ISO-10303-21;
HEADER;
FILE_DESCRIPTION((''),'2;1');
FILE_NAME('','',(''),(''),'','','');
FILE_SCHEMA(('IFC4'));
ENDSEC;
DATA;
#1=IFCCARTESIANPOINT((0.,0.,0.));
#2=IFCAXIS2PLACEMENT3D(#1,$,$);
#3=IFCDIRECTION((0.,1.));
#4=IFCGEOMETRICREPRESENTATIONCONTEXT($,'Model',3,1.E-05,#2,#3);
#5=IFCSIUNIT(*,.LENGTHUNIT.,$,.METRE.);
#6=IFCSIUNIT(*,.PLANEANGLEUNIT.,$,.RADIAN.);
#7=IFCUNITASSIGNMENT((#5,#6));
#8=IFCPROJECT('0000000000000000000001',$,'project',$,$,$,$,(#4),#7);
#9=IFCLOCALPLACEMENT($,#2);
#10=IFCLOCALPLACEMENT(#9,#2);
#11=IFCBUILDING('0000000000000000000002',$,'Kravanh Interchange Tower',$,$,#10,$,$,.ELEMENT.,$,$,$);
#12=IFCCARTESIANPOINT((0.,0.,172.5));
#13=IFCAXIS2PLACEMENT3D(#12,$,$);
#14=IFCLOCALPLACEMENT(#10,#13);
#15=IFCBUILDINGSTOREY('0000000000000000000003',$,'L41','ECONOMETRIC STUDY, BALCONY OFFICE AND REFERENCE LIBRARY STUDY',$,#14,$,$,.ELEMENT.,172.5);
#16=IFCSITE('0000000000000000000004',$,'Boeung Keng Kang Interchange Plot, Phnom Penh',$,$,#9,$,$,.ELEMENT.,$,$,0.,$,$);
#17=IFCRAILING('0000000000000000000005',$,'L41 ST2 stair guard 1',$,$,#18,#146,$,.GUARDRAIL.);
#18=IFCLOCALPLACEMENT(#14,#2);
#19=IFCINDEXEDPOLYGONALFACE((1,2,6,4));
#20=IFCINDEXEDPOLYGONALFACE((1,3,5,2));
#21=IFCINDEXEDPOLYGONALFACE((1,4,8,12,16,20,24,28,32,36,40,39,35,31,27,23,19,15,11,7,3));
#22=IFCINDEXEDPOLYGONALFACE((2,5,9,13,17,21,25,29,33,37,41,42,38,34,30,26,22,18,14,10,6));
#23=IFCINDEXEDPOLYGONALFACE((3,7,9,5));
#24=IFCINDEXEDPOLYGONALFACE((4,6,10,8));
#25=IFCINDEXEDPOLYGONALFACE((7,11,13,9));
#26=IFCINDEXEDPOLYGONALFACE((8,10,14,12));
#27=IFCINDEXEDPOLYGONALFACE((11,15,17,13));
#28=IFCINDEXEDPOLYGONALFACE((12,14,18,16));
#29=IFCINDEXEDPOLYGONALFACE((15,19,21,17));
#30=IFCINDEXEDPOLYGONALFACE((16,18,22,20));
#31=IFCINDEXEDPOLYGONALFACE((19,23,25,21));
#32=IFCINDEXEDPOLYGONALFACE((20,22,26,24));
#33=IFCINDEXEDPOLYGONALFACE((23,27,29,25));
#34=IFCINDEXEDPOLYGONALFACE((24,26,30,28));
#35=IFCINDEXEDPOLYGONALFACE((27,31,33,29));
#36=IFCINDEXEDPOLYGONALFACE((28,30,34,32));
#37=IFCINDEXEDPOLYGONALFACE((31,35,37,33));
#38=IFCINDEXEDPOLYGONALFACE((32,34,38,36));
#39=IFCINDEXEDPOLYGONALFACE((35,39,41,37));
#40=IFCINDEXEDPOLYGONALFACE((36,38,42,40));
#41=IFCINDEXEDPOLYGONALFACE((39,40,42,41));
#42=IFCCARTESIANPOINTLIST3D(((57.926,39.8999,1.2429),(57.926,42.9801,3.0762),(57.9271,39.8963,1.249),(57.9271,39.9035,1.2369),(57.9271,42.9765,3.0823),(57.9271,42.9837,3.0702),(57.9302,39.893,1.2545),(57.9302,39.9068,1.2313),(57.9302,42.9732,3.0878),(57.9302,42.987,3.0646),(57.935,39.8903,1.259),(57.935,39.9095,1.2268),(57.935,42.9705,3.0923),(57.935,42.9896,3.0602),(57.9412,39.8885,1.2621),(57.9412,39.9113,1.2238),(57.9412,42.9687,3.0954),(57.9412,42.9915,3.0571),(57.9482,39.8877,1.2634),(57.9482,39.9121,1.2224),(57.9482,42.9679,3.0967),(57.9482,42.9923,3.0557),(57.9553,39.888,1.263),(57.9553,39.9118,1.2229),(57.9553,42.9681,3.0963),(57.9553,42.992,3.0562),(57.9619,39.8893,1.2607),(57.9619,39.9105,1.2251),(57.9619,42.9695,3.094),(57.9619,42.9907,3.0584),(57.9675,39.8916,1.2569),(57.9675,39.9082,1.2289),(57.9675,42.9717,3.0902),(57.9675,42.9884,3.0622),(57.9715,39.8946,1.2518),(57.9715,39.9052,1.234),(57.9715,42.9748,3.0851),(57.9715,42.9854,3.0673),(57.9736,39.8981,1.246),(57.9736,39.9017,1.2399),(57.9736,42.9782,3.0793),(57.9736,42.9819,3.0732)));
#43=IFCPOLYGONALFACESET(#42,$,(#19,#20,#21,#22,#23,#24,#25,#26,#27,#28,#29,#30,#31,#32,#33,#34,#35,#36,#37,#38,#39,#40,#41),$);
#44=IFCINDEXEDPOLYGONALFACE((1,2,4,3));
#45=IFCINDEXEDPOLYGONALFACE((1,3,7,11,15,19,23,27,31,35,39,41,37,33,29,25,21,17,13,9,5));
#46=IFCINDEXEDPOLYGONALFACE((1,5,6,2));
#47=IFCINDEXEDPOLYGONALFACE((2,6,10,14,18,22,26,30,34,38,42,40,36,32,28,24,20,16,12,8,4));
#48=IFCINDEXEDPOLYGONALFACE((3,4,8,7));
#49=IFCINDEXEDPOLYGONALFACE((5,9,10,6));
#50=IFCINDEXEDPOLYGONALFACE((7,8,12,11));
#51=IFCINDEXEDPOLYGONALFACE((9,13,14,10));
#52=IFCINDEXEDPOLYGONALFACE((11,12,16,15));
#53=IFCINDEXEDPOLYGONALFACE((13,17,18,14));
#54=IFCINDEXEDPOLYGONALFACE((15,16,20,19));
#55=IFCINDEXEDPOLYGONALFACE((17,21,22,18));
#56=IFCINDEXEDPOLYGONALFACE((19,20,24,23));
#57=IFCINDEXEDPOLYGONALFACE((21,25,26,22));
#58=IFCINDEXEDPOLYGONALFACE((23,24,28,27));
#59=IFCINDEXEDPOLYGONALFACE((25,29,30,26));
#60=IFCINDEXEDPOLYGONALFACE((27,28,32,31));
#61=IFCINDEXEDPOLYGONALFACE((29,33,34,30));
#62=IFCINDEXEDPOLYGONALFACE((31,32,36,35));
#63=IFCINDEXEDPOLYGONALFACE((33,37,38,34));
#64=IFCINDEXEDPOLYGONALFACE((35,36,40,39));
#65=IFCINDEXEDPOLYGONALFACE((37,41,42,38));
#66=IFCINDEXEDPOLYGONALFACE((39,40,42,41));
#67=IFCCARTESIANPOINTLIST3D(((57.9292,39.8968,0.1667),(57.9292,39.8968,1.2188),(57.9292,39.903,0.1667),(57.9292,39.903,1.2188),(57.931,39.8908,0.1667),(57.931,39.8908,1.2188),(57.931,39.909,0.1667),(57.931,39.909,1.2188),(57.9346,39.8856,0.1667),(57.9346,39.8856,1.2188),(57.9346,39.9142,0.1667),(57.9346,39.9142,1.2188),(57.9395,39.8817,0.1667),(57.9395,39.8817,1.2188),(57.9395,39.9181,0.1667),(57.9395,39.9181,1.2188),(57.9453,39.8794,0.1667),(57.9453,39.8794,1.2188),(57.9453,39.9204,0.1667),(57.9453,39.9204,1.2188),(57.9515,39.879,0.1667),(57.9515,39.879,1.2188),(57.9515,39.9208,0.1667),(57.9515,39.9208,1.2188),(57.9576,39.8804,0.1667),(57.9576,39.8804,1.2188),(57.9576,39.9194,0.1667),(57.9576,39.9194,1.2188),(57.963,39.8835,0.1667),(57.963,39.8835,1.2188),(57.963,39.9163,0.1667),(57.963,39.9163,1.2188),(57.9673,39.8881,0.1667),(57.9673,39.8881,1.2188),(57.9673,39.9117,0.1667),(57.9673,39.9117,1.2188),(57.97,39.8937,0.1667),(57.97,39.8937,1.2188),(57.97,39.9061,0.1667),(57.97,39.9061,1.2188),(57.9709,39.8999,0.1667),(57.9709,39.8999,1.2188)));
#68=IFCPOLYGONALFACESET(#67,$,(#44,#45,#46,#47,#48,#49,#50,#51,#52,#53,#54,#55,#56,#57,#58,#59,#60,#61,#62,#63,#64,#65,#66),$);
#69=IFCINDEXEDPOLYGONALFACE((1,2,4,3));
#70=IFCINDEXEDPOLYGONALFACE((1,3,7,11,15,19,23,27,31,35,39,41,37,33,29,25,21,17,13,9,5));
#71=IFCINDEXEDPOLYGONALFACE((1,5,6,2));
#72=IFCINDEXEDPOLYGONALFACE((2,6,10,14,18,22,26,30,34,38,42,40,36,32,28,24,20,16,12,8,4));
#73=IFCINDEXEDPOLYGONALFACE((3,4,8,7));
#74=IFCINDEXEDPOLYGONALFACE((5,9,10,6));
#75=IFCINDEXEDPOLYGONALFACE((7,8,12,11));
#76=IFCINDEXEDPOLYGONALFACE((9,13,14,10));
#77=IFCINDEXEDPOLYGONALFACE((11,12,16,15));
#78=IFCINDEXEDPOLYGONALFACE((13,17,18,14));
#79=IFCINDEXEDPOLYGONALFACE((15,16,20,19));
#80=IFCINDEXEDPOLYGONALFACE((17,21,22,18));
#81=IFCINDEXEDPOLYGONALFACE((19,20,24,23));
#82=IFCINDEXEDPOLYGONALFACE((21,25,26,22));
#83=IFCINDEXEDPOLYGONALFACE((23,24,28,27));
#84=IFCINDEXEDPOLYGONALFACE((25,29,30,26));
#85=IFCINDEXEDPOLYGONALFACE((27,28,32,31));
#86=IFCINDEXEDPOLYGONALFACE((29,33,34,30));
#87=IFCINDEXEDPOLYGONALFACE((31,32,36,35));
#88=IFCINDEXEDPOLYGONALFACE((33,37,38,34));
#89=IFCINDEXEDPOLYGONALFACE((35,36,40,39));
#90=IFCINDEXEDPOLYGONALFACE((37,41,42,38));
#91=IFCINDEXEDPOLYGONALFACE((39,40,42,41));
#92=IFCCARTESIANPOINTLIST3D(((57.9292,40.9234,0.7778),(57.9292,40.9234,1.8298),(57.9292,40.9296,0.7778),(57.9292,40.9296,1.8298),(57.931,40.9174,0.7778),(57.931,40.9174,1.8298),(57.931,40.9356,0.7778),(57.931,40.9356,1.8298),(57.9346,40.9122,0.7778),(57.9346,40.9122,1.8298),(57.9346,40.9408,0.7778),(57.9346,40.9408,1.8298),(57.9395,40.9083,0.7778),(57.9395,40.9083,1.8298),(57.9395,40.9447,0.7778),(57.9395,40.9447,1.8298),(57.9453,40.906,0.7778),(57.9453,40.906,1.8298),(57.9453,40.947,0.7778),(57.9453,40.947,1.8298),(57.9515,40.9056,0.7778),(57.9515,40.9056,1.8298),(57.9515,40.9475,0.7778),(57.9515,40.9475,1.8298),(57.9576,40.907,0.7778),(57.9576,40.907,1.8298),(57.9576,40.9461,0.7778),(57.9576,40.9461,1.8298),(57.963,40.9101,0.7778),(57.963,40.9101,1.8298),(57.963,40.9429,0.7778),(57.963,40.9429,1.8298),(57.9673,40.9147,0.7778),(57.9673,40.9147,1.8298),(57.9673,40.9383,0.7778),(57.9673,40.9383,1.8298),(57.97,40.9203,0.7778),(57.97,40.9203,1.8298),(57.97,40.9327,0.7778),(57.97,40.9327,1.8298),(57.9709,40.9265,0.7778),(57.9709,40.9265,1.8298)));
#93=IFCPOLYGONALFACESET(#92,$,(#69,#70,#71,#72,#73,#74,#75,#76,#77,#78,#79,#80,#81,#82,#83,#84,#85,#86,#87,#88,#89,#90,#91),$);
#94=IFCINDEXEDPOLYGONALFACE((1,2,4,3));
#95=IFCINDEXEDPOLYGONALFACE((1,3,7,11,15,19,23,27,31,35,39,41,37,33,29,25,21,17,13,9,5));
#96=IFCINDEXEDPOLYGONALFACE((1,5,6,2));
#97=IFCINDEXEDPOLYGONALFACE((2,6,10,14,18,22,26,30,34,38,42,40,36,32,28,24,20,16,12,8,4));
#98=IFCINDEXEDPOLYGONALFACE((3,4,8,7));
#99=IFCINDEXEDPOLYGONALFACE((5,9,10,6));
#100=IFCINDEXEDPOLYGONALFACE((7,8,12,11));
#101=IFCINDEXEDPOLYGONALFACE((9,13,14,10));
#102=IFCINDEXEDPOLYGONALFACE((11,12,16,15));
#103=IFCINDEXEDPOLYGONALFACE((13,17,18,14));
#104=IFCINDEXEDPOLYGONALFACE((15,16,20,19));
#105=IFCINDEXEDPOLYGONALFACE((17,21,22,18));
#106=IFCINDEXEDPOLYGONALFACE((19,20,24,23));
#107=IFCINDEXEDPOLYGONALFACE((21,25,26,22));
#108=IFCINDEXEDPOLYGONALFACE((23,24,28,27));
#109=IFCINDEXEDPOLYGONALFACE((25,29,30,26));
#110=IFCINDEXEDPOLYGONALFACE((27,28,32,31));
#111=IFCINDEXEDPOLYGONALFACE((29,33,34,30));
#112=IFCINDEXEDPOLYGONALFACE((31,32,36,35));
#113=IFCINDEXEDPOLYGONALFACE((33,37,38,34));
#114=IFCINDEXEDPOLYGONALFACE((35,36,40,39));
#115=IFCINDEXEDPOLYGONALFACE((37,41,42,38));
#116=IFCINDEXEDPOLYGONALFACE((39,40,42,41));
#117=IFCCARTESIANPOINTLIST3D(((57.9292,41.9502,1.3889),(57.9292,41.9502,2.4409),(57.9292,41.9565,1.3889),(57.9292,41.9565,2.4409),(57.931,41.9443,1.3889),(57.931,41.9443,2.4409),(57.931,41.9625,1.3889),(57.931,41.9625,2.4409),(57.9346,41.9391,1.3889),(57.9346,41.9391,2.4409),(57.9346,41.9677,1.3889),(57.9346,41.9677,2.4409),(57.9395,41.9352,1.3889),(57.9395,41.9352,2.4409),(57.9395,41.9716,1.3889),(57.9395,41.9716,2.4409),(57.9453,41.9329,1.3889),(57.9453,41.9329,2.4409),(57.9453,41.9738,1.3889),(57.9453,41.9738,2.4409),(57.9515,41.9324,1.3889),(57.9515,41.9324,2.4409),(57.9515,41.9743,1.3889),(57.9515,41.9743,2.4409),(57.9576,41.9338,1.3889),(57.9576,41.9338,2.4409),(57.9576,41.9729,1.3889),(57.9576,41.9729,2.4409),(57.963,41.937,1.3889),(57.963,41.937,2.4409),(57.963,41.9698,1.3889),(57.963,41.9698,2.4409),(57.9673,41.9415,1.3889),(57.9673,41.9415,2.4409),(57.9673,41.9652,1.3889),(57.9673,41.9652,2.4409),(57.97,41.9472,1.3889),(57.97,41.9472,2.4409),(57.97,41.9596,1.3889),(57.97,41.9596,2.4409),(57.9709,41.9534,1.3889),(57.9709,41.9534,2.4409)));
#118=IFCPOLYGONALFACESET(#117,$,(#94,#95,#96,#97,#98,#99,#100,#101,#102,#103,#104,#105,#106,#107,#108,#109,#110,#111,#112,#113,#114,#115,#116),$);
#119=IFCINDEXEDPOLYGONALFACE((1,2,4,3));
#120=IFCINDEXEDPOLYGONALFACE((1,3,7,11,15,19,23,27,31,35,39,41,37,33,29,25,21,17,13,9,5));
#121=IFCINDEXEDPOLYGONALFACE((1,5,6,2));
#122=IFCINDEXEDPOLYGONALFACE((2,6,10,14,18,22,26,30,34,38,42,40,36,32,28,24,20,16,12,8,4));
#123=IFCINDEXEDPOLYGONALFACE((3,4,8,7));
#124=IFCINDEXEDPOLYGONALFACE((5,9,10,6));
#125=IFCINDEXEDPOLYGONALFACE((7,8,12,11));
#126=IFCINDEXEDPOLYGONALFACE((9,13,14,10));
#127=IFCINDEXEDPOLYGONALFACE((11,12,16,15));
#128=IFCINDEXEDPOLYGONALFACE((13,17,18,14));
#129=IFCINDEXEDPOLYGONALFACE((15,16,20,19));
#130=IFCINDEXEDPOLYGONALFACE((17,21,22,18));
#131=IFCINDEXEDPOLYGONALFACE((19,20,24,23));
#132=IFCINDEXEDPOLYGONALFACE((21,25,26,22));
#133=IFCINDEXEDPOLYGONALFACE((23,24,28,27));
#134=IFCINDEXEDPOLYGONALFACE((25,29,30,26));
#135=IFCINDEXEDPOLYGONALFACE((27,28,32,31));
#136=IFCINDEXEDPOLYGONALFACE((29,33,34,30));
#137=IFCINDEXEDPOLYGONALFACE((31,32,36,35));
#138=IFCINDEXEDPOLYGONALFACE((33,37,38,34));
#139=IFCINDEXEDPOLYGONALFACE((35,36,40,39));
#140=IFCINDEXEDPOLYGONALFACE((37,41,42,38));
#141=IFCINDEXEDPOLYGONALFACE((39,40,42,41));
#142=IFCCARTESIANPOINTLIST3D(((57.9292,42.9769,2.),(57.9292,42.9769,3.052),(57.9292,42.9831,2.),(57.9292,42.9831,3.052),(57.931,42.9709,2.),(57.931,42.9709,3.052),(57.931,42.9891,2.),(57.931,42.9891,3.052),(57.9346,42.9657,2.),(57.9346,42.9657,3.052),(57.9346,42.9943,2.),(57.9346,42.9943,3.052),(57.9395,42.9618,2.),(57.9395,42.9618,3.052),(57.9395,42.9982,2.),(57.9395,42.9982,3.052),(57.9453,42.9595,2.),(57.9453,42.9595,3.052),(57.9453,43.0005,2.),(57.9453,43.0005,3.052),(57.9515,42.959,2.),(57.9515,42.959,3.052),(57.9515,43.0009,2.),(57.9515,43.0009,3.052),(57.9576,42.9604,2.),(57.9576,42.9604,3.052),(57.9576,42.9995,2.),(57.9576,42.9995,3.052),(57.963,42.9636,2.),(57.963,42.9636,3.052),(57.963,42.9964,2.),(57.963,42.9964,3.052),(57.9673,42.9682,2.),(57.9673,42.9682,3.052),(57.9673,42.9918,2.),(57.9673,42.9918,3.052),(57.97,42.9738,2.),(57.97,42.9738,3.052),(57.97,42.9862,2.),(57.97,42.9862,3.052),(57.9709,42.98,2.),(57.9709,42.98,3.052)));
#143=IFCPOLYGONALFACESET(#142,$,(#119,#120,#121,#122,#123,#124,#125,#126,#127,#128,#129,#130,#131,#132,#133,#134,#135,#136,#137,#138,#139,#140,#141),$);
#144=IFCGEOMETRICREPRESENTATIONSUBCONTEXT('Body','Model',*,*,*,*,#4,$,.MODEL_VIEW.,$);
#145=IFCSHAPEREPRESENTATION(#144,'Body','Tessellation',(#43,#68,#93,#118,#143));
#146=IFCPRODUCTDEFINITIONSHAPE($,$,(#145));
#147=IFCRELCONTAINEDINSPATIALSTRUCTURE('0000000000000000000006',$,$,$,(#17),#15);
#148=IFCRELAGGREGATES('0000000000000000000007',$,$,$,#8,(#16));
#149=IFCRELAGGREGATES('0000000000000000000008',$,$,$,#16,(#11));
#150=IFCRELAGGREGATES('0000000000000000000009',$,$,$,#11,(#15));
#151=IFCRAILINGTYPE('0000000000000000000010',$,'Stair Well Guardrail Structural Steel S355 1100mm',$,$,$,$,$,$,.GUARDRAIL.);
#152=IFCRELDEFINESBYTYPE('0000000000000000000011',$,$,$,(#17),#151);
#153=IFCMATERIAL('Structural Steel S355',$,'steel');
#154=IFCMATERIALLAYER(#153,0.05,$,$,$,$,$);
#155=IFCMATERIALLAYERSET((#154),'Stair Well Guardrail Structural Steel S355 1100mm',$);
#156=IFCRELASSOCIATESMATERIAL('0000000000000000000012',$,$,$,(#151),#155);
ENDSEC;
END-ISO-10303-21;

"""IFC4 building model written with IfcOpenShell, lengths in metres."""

from ifc_helpers import new_model, si_unit, direction, frame, origin, origin_2d, place, context, subcontext, project, spatial, circle, extrude, material, layer, layer_set, type_object, element, save


model = new_model("IFC4")

# Units and contexts
model_context = context("Model", 3, precision=1e-05, world=origin(), true_north=direction((0.0, 1.0)))
body_context = subcontext(model_context, "Body", "Model", "MODEL_VIEW")
ifc_project = project(units=[si_unit("LENGTHUNIT", "METRE"), si_unit("PLANEANGLEUNIT", "RADIAN")], contexts=[model_context])

# Site, building, storey
site_placement = place(None, origin())
site = spatial("IfcSite", under=ifc_project, at=site_placement, Name="Boeung Keng Kang Interchange Plot, Phnom Penh", CompositionType="ELEMENT", RefElevation=0.0)
building_placement = place(site_placement, origin())
building = spatial("IfcBuilding", under=site, at=building_placement, Name="Kravanh Interchange Tower", CompositionType="ELEMENT")
storey_placement = place(building_placement, frame((0.0, 0.0, 172.5)))
storey = spatial("IfcBuildingStorey", under=building, at=storey_placement, Name="L41", Description="ECONOMETRIC STUDY, BALCONY OFFICE AND REFERENCE LIBRARY STUDY", CompositionType="ELEMENT", Elevation=172.5)

# Railing
ifc_material_1 = material(Name="Structural Steel S355", Category="steel")
ifc_layer_1 = layer(ifc_material_1, 0.05)
ifc_layer_set_1 = layer_set([ifc_layer_1], Name="Stair Well Guardrail Structural Steel S355 1100mm")
railing_type_1 = type_object("IfcRailingType", Name="Stair Well Guardrail Structural Steel S355 1100mm", PredefinedType="GUARDRAIL", material=ifc_layer_set_1)
railing_1_placement = place(storey_placement, frame((57.95, 39.8999, 0.1667)))
element("IfcRailing", 1, at=railing_1_placement, inside=storey, type_object=railing_type_1, Name="L41 ST2 stair guard 1", PredefinedType="GUARDRAIL", context=body_context, shape_type="SweptSolid", body=[
    extrude(circle(Radius=0.0239, at=origin_2d()), frame((0.0, 0.0, 1.0762), z_axis=(0.0, 0.859309, 0.511458), x_axis=(-1.0, 0.0, 0.0)), (0.0, 0.0, 1.0), 3.5845),
    extrude(circle(Radius=0.021, at=origin_2d()), origin(), (0.0, 0.0, 1.0), 1.052),
    extrude(circle(Radius=0.021, at=origin_2d()), frame((0.0, 1.0266, 0.6111)), (0.0, 0.0, 1.0), 1.052),
    extrude(circle(Radius=0.021, at=origin_2d()), frame((0.0, 2.0535, 1.2222)), (0.0, 0.0, 1.0), 1.052),
    extrude(circle(Radius=0.021, at=origin_2d()), frame((0.0, 3.0801, 1.8333)), (0.0, 0.0, 1.0), 1.052),
])

save(model, "model.ifc")
